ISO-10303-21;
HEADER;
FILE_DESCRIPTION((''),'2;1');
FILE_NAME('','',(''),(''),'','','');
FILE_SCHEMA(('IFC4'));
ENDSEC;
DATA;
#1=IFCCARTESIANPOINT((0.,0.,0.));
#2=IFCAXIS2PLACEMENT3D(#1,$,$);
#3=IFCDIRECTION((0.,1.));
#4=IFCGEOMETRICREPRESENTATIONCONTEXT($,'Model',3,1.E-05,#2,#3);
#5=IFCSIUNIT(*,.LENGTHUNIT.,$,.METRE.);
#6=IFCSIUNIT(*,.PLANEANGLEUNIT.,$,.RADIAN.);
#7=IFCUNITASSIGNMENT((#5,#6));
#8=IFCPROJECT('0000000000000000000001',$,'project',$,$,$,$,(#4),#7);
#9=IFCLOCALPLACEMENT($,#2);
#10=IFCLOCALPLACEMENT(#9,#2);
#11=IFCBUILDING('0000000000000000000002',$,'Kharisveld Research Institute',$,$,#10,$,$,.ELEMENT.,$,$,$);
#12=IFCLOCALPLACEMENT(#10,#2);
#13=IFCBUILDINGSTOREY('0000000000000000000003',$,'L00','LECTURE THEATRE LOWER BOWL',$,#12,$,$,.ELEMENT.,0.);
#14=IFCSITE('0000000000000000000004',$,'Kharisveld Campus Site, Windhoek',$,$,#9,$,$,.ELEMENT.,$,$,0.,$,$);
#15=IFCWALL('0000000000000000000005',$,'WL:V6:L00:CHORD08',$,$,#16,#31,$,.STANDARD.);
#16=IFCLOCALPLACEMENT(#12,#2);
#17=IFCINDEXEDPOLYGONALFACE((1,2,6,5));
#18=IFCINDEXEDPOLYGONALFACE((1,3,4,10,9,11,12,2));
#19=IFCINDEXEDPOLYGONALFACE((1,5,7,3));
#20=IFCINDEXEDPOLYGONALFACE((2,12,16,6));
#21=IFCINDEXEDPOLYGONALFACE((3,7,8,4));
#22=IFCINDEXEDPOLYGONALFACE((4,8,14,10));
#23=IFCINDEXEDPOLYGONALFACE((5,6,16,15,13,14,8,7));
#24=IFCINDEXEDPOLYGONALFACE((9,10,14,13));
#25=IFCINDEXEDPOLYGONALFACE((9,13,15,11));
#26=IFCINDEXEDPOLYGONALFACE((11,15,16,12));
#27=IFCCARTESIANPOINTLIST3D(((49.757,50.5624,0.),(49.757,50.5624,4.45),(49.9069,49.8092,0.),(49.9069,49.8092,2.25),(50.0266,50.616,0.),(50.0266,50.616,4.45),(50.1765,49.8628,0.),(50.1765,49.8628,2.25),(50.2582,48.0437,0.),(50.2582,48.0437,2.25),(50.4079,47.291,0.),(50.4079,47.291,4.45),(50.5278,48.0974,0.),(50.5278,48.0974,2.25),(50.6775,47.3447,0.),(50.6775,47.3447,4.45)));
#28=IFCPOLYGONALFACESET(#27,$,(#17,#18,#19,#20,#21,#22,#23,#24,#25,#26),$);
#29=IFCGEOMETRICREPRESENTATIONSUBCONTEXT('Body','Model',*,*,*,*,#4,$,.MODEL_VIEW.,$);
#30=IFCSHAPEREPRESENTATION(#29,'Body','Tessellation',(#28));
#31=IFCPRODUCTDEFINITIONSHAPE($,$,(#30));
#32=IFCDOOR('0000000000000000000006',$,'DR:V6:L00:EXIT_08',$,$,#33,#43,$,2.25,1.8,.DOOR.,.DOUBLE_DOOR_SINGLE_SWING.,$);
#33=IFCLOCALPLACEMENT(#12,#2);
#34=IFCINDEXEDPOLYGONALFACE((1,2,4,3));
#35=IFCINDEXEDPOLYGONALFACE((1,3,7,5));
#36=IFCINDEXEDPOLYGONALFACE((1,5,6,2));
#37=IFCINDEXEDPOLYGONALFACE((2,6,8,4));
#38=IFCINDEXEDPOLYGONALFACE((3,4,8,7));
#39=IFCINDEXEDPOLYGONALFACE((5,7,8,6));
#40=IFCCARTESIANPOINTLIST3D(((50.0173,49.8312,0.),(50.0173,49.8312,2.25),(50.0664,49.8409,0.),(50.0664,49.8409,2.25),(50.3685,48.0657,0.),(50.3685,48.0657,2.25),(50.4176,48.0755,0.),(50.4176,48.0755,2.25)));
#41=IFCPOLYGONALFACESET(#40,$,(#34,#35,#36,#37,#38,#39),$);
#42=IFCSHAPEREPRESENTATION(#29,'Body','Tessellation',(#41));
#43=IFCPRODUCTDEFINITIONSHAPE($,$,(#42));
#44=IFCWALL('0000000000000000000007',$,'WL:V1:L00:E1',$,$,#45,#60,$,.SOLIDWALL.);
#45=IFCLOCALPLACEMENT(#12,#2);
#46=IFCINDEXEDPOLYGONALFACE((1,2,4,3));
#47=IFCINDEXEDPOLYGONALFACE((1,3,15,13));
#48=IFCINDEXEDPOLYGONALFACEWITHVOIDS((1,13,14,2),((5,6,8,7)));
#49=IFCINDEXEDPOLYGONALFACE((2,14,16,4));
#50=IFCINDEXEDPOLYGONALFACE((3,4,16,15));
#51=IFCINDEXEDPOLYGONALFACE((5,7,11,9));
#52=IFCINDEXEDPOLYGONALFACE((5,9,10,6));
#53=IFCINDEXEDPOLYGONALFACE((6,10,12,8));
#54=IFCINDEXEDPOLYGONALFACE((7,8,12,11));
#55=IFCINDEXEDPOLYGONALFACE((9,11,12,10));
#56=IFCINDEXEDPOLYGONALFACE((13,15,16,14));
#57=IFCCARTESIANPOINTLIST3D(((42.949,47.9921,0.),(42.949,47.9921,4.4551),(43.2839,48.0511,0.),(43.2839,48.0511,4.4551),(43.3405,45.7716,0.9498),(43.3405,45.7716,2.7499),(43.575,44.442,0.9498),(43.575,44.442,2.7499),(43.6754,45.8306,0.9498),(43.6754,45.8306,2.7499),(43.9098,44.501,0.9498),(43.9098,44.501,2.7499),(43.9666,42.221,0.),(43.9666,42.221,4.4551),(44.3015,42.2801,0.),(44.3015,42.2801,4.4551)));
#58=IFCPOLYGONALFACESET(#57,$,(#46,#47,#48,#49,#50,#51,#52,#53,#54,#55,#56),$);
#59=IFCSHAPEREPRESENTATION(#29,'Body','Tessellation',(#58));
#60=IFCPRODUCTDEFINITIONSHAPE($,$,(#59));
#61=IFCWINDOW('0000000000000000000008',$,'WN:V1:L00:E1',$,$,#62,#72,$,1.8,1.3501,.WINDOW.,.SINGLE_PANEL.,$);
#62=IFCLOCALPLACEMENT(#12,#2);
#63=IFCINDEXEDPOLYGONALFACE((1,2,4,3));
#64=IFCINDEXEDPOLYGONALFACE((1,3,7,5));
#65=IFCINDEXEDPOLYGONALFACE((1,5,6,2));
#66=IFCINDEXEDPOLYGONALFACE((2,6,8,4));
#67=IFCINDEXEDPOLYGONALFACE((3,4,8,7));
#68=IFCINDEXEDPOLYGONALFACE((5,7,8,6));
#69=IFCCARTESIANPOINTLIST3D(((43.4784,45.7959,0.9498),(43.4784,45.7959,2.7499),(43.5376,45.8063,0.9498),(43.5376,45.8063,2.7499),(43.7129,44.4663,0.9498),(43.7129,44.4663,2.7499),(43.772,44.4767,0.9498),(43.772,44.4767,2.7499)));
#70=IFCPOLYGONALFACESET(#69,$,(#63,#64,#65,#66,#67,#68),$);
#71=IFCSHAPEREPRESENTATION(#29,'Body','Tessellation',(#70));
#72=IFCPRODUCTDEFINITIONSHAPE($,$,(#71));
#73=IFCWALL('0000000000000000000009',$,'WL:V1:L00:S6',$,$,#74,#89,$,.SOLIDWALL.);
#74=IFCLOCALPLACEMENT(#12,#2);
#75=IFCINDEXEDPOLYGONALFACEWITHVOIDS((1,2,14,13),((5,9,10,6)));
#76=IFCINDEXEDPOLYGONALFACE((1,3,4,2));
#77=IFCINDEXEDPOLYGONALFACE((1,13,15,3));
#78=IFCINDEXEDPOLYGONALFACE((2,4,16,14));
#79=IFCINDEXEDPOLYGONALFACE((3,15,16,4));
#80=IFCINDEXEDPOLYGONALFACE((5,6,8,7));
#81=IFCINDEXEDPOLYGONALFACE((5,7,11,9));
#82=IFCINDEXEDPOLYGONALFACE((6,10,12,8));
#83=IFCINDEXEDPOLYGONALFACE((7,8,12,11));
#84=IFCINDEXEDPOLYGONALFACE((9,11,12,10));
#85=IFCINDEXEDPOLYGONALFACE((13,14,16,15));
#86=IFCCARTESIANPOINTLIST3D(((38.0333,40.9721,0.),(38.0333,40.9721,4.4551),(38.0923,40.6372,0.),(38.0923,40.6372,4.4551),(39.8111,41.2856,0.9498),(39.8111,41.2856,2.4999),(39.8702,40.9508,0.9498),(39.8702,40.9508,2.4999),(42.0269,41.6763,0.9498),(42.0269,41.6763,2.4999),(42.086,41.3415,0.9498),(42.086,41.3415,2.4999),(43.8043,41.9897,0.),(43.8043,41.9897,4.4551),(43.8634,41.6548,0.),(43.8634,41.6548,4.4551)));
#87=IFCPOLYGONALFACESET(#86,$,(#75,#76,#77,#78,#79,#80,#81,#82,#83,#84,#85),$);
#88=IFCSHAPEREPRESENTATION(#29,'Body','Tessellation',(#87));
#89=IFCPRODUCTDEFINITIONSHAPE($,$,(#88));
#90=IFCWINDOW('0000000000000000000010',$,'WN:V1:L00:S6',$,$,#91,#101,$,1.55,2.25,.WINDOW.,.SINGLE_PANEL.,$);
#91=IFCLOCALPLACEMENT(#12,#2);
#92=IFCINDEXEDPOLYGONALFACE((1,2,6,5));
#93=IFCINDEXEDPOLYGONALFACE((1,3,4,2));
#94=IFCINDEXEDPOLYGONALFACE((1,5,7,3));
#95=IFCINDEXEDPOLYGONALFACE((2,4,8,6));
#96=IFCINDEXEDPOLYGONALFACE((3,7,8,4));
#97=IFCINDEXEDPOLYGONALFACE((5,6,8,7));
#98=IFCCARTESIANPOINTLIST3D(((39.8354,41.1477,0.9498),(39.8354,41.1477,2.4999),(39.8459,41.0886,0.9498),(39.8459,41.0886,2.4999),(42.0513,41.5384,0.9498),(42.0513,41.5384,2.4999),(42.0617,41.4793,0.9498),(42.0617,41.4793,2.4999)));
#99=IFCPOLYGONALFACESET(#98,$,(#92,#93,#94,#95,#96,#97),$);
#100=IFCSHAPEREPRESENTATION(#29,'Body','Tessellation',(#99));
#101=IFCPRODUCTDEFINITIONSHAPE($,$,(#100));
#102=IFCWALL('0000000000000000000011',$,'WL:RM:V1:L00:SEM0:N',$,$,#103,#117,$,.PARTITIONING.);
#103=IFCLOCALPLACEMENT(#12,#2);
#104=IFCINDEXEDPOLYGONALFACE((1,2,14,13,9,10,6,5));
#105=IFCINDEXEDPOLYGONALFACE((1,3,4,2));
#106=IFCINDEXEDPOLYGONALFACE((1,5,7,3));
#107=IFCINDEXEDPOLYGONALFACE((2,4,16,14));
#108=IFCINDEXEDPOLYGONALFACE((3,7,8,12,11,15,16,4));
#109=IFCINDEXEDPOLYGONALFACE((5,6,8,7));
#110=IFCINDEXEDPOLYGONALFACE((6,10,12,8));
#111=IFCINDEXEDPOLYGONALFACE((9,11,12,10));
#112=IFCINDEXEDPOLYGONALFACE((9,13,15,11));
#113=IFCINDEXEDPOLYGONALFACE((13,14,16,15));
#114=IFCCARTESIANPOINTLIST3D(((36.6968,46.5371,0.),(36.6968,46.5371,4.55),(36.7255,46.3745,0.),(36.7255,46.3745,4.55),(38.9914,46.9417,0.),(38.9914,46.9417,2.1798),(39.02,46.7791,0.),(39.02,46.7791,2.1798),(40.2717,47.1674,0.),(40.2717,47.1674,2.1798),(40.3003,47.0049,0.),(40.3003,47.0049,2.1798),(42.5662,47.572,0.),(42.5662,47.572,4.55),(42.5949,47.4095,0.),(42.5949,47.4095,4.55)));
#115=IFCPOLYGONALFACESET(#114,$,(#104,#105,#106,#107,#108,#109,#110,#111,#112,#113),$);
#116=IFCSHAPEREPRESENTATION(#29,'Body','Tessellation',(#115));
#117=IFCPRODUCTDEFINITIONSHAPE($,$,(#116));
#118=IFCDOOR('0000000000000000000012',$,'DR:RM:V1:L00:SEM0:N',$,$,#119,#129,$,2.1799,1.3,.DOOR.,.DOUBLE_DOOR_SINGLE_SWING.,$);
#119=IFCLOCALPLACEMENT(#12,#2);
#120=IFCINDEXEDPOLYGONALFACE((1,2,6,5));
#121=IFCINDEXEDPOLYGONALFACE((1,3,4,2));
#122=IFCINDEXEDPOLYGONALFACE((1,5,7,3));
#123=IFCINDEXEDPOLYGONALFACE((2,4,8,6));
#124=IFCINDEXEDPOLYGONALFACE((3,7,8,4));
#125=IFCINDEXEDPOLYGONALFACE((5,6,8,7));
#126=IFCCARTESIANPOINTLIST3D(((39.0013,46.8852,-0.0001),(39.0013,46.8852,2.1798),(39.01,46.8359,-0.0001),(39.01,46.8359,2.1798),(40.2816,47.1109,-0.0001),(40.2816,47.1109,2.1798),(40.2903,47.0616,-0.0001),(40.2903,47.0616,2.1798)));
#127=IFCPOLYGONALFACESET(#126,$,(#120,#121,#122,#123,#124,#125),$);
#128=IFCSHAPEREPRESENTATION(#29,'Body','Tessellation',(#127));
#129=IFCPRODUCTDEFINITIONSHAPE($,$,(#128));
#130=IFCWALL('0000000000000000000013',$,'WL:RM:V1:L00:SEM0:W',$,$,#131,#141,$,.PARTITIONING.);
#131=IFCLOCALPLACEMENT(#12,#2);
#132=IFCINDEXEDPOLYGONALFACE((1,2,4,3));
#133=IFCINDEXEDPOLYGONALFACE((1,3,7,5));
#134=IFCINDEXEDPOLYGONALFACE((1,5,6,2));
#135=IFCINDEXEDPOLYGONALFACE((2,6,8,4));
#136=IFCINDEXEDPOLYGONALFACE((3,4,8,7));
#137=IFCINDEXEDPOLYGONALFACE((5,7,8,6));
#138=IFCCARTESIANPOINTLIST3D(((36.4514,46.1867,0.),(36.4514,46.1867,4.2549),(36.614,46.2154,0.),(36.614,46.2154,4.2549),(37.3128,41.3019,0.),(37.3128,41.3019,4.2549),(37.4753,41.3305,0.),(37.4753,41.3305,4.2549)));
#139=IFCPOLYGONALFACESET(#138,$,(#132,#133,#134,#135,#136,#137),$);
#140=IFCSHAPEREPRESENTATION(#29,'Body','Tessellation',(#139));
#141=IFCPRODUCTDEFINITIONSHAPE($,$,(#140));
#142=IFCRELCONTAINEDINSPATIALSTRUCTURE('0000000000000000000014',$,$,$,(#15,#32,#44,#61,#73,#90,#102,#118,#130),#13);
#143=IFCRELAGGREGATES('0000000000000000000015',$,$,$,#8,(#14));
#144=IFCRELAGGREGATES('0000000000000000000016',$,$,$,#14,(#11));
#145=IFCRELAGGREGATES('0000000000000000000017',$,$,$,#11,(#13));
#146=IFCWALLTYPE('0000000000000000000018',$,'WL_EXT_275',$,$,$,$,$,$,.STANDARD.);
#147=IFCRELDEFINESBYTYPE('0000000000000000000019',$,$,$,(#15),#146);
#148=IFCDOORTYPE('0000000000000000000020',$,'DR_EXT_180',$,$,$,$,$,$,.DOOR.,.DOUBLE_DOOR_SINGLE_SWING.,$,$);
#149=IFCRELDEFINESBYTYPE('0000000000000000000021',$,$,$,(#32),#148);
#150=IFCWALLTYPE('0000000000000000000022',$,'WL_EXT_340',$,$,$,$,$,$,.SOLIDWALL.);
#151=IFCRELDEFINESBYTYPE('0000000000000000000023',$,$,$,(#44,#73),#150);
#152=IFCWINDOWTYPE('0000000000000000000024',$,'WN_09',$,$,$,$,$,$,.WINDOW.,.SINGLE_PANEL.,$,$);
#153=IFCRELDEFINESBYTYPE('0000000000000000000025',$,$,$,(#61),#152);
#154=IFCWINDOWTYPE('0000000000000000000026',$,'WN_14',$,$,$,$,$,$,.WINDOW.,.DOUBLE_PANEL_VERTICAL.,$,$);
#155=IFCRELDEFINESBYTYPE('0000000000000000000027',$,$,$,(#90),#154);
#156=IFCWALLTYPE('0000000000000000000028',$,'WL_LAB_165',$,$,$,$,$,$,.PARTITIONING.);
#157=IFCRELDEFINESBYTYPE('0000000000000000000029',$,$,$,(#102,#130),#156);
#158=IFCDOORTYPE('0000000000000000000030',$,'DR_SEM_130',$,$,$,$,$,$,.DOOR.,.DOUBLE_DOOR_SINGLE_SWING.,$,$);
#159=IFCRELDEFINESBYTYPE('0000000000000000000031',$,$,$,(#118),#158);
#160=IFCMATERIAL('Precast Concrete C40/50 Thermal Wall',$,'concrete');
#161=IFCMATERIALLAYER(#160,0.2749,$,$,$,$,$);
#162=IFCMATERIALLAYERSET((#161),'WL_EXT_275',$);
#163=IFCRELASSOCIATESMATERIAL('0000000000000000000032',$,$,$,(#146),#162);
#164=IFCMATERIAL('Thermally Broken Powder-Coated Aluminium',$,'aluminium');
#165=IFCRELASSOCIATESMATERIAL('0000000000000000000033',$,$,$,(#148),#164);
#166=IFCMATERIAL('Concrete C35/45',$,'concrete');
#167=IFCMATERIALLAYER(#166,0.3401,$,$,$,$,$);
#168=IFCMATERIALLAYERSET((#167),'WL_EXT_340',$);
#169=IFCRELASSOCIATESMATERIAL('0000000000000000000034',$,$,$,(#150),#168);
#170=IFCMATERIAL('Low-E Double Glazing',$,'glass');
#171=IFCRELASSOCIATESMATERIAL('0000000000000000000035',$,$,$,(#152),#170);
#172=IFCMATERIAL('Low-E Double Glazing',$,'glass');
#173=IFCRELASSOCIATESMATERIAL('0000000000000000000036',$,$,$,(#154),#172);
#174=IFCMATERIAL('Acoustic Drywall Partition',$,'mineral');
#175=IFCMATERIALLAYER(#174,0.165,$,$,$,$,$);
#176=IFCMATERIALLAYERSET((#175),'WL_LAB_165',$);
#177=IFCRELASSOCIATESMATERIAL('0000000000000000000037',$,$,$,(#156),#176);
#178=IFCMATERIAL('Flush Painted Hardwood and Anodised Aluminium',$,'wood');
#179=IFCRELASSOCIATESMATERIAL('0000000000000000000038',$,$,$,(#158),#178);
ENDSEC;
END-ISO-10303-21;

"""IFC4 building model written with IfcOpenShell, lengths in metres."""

from ifc_helpers import new_model, si_unit, direction, frame, frame_2d, origin, place, context, subcontext, project, spatial, rectangle, extrude, material, layer, layer_set, type_object, element, fill, save


model = new_model("IFC4")

# Units and contexts
model_context = context("Model", 3, precision=1e-05, world=origin(), true_north=direction((0.0, 1.0)))
body_context = subcontext(model_context, "Body", "Model", "MODEL_VIEW")
ifc_project = project(units=[si_unit("LENGTHUNIT", "METRE"), si_unit("PLANEANGLEUNIT", "RADIAN")], contexts=[model_context])

# Site, building, storey
site_placement = place(None, origin())
site = spatial("IfcSite", under=ifc_project, at=site_placement, Name="Kharisveld Campus Site, Windhoek", CompositionType="ELEMENT", RefElevation=0.0)
building_placement = place(site_placement, origin())
building = spatial("IfcBuilding", under=site, at=building_placement, Name="Kharisveld Research Institute", CompositionType="ELEMENT")
storey_placement = place(building_placement, origin())
storey = spatial("IfcBuildingStorey", under=building, at=storey_placement, Name="L00", Description="LECTURE THEATRE LOWER BOWL", CompositionType="ELEMENT", Elevation=0.0)

# Wall, opening, door
ifc_material_1 = material(Name="Precast Concrete C40/50 Thermal Wall", Category="concrete")
ifc_layer_1 = layer(ifc_material_1, 0.2749)
ifc_layer_set_1 = layer_set([ifc_layer_1], Name="WL_EXT_275")
wall_type_1 = type_object("IfcWallType", Name="WL_EXT_275", PredefinedType="STANDARD", material=ifc_layer_set_1)
wall_1_placement = place(storey_placement, frame((50.5427, 47.3179, 0.0), z_axis=(0.0, 0.0, 1.0), x_axis=(-0.195145, 0.980774, 0.0)))
wall_1 = element("IfcWall", 1, at=wall_1_placement, inside=storey, type_object=wall_type_1, Name="WL:V6:L00:CHORD08", PredefinedType="STANDARD", context=body_context, shape_type="SweptSolid", body=[
    extrude(rectangle(XDim=3.3354, YDim=0.2749, at=frame_2d((1.6677, 0.0))), origin(), (0.0, 0.0, 1.0), 4.45),
])
opening_1_placement = place(wall_1_placement, frame((0.7676, 0.0, 0.0)))
opening_1 = element("IfcOpeningElement", 2, at=opening_1_placement, cuts=wall_1, PredefinedType="OPENING", context=body_context, shape_type="SweptSolid", body=[
    extrude(rectangle(XDim=1.8, YDim=2.25, at=frame_2d((0.8999, 1.125))), frame((0.0, 0.1375, 0.0), z_axis=(0.0, -1.0, 0.0), x_axis=(1.0, 0.0, 0.0)), (0.0, 0.0, 1.0), 0.2749),
])
ifc_material_2 = material(Name="Thermally Broken Powder-Coated Aluminium", Category="aluminium")
door_type_1 = type_object("IfcDoorType", Name="DR_EXT_180", OperationType="DOUBLE_DOOR_SINGLE_SWING", PredefinedType="DOOR", material=ifc_material_2)
door_1_placement = place(opening_1_placement, origin())
door_1 = element("IfcDoor", 3, at=door_1_placement, inside=storey, type_object=door_type_1, Name="DR:V6:L00:EXIT_08", OperationType="DOUBLE_DOOR_SINGLE_SWING", OverallHeight=2.25, OverallWidth=1.8, PredefinedType="DOOR", context=body_context, shape_type="SweptSolid", body=[
    extrude(rectangle(XDim=1.8, YDim=2.25, at=frame_2d((0.8999, 1.125))), frame((0.0, 0.0249, 0.0), z_axis=(0.0, -1.0, 0.0), x_axis=(1.0, 0.0, 0.0)), (0.0, 0.0, 1.0), 0.05),
])
fill(opening_1, door_1)

# Walls, openings, windows
ifc_material_3 = material(Name="Concrete C35/45", Category="concrete")
ifc_layer_2 = layer(ifc_material_3, 0.3401)
ifc_layer_set_2 = layer_set([ifc_layer_2], Name="WL_EXT_340")
wall_type_2 = type_object("IfcWallType", Name="WL_EXT_340", PredefinedType="SOLIDWALL", material=ifc_layer_set_2)
wall_2_placement = place(storey_placement, frame((43.1165, 48.0217, 0.0), z_axis=(0.0, 0.0, 1.0), x_axis=(0.173647, -0.984808, 0.0)))
wall_2 = element("IfcWall", 4, at=wall_2_placement, inside=storey, type_object=wall_type_2, Name="WL:V1:L00:E1", PredefinedType="SOLIDWALL", context=body_context, shape_type="SweptSolid", body=[
    extrude(rectangle(XDim=5.8601, YDim=0.3401, at=frame_2d((2.9302, 0.0))), origin(), (0.0, 0.0, 1.0), 4.4551),
])
opening_2_placement = place(wall_2_placement, frame((2.2549, 0.0, 0.95)))
opening_2 = element("IfcOpeningElement", 5, at=opening_2_placement, cuts=wall_2, PredefinedType="OPENING", context=body_context, shape_type="SweptSolid", body=[
    extrude(rectangle(XDim=1.3501, YDim=1.8, at=frame_2d((0.675, 0.8999))), frame((0.0, 0.1699, 0.0), z_axis=(0.0, -1.0, 0.0), x_axis=(1.0, 0.0, 0.0)), (0.0, 0.0, 1.0), 0.3401),
])
ifc_material_4 = material(Name="Low-E Double Glazing", Category="glass")
window_type_1 = type_object("IfcWindowType", Name="WN_09", PartitioningType="SINGLE_PANEL", PredefinedType="WINDOW", material=ifc_material_4)
window_1_placement = place(opening_2_placement, origin())
window_1 = element("IfcWindow", 6, at=window_1_placement, inside=storey, type_object=window_type_1, Name="WN:V1:L00:E1", OverallHeight=1.8, OverallWidth=1.3501, PartitioningType="SINGLE_PANEL", PredefinedType="WINDOW", context=body_context, shape_type="SweptSolid", body=[
    extrude(rectangle(XDim=1.3501, YDim=1.8, at=frame_2d((0.675, 0.8999))), frame((0.0, 0.03, 0.0), z_axis=(0.0, -1.0, 0.0), x_axis=(1.0, 0.0, 0.0)), (0.0, 0.0, 1.0), 0.0601),
])
fill(opening_2, window_1)
wall_3_placement = place(storey_placement, frame((43.834, 41.8223, 0.0), z_axis=(0.0, 0.0, 1.0), x_axis=(-0.984808, -0.173647, 0.0)))
wall_3 = element("IfcWall", 7, at=wall_3_placement, inside=storey, type_object=wall_type_2, Name="WL:V1:L00:S6", PredefinedType="SOLIDWALL", context=body_context, shape_type="SweptSolid", body=[
    extrude(rectangle(XDim=5.8601, YDim=0.3401, at=frame_2d((2.9302, 0.0))), origin(), (0.0, 0.0, 1.0), 4.4551),
])
opening_3_placement = place(wall_3_placement, frame((1.8049, 0.0, 0.95)))
opening_3 = element("IfcOpeningElement", 8, at=opening_3_placement, cuts=wall_3, PredefinedType="OPENING", context=body_context, shape_type="SweptSolid", body=[
    extrude(rectangle(XDim=2.25, YDim=1.55, at=frame_2d((1.125, 0.7749))), frame((0.0, 0.1699, 0.0), z_axis=(0.0, -1.0, 0.0), x_axis=(1.0, 0.0, 0.0)), (0.0, 0.0, 1.0), 0.3401),
])
ifc_material_5 = material(Name="Low-E Double Glazing", Category="glass")
window_type_2 = type_object("IfcWindowType", Name="WN_14", PartitioningType="DOUBLE_PANEL_VERTICAL", PredefinedType="WINDOW", material=ifc_material_5)
window_2_placement = place(opening_3_placement, origin())
window_2 = element("IfcWindow", 9, at=window_2_placement, inside=storey, type_object=window_type_2, Name="WN:V1:L00:S6", OverallHeight=1.55, OverallWidth=2.25, PartitioningType="SINGLE_PANEL", PredefinedType="WINDOW", context=body_context, shape_type="SweptSolid", body=[
    extrude(rectangle(XDim=2.25, YDim=1.55, at=frame_2d((1.125, 0.7749))), frame((0.0, 0.03, 0.0), z_axis=(0.0, -1.0, 0.0), x_axis=(1.0, 0.0, 0.0)), (0.0, 0.0, 1.0), 0.0601),
])
fill(opening_3, window_2)

# Wall, opening, door
ifc_material_6 = material(Name="Acoustic Drywall Partition", Category="mineral")
ifc_layer_3 = layer(ifc_material_6, 0.165)
ifc_layer_set_3 = layer_set([ifc_layer_3], Name="WL_LAB_165")
wall_type_3 = type_object("IfcWallType", Name="WL_LAB_165", PredefinedType="PARTITIONING", material=ifc_layer_set_3)
wall_4_placement = place(storey_placement, frame((42.5806, 47.4907, 0.0), z_axis=(0.0, 0.0, 1.0), x_axis=(-0.984808, -0.173645, 0.0)))
wall_4 = element("IfcWall", 10, at=wall_4_placement, inside=storey, type_object=wall_type_3, Name="WL:RM:V1:L00:SEM0:N", PredefinedType="PARTITIONING", context=body_context, shape_type="SweptSolid", body=[
    extrude(rectangle(XDim=5.96, YDim=0.165, at=frame_2d((2.98, 0.0))), origin(), (0.0, 0.0, 1.0), 4.55),
])
opening_4_placement = place(wall_4_placement, frame((2.3301, 0.0, 0.0)))
opening_4 = element("IfcOpeningElement", 11, at=opening_4_placement, cuts=wall_4, PredefinedType="OPENING", context=body_context, shape_type="SweptSolid", body=[
    extrude(rectangle(XDim=1.3, YDim=2.1799, at=frame_2d((0.6499, 1.0898))), frame((0.0, 0.0825, 0.0), z_axis=(0.0, -1.0, 0.0), x_axis=(1.0, 0.0, 0.0)), (0.0, 0.0, 1.0), 0.165),
])
ifc_material_7 = material(Name="Flush Painted Hardwood and Anodised Aluminium", Category="wood")
door_type_2 = type_object("IfcDoorType", Name="DR_SEM_130", OperationType="DOUBLE_DOOR_SINGLE_SWING", PredefinedType="DOOR", material=ifc_material_7)
door_2_placement = place(opening_4_placement, origin())
door_2 = element("IfcDoor", 12, at=door_2_placement, inside=storey, type_object=door_type_2, Name="DR:RM:V1:L00:SEM0:N", OperationType="DOUBLE_DOOR_SINGLE_SWING", OverallHeight=2.1799, OverallWidth=1.3, PredefinedType="DOOR", context=body_context, shape_type="SweptSolid", body=[
    extrude(rectangle(XDim=1.3, YDim=2.1799, at=frame_2d((0.6499, 1.0898))), frame((0.0, 0.0249, 0.0), z_axis=(0.0, -1.0, 0.0), x_axis=(1.0, 0.0, 0.0)), (0.0, 0.0, 1.0), 0.05),
])
fill(opening_4, door_2)

# Wall
wall_5_placement = place(storey_placement, frame((36.5327, 46.2009, 0.0), z_axis=(0.0, 0.0, 1.0), x_axis=(0.173651, -0.984807, 0.0)))
element("IfcWall", 13, at=wall_5_placement, inside=storey, type_object=wall_type_3, Name="WL:RM:V1:L00:SEM0:W", PredefinedType="PARTITIONING", context=body_context, shape_type="SweptSolid", body=[
    extrude(rectangle(XDim=4.9602, YDim=0.165, at=frame_2d((2.48, 0.0))), origin(), (0.0, 0.0, 1.0), 4.2549),
])

save(model, "model.ifc")
